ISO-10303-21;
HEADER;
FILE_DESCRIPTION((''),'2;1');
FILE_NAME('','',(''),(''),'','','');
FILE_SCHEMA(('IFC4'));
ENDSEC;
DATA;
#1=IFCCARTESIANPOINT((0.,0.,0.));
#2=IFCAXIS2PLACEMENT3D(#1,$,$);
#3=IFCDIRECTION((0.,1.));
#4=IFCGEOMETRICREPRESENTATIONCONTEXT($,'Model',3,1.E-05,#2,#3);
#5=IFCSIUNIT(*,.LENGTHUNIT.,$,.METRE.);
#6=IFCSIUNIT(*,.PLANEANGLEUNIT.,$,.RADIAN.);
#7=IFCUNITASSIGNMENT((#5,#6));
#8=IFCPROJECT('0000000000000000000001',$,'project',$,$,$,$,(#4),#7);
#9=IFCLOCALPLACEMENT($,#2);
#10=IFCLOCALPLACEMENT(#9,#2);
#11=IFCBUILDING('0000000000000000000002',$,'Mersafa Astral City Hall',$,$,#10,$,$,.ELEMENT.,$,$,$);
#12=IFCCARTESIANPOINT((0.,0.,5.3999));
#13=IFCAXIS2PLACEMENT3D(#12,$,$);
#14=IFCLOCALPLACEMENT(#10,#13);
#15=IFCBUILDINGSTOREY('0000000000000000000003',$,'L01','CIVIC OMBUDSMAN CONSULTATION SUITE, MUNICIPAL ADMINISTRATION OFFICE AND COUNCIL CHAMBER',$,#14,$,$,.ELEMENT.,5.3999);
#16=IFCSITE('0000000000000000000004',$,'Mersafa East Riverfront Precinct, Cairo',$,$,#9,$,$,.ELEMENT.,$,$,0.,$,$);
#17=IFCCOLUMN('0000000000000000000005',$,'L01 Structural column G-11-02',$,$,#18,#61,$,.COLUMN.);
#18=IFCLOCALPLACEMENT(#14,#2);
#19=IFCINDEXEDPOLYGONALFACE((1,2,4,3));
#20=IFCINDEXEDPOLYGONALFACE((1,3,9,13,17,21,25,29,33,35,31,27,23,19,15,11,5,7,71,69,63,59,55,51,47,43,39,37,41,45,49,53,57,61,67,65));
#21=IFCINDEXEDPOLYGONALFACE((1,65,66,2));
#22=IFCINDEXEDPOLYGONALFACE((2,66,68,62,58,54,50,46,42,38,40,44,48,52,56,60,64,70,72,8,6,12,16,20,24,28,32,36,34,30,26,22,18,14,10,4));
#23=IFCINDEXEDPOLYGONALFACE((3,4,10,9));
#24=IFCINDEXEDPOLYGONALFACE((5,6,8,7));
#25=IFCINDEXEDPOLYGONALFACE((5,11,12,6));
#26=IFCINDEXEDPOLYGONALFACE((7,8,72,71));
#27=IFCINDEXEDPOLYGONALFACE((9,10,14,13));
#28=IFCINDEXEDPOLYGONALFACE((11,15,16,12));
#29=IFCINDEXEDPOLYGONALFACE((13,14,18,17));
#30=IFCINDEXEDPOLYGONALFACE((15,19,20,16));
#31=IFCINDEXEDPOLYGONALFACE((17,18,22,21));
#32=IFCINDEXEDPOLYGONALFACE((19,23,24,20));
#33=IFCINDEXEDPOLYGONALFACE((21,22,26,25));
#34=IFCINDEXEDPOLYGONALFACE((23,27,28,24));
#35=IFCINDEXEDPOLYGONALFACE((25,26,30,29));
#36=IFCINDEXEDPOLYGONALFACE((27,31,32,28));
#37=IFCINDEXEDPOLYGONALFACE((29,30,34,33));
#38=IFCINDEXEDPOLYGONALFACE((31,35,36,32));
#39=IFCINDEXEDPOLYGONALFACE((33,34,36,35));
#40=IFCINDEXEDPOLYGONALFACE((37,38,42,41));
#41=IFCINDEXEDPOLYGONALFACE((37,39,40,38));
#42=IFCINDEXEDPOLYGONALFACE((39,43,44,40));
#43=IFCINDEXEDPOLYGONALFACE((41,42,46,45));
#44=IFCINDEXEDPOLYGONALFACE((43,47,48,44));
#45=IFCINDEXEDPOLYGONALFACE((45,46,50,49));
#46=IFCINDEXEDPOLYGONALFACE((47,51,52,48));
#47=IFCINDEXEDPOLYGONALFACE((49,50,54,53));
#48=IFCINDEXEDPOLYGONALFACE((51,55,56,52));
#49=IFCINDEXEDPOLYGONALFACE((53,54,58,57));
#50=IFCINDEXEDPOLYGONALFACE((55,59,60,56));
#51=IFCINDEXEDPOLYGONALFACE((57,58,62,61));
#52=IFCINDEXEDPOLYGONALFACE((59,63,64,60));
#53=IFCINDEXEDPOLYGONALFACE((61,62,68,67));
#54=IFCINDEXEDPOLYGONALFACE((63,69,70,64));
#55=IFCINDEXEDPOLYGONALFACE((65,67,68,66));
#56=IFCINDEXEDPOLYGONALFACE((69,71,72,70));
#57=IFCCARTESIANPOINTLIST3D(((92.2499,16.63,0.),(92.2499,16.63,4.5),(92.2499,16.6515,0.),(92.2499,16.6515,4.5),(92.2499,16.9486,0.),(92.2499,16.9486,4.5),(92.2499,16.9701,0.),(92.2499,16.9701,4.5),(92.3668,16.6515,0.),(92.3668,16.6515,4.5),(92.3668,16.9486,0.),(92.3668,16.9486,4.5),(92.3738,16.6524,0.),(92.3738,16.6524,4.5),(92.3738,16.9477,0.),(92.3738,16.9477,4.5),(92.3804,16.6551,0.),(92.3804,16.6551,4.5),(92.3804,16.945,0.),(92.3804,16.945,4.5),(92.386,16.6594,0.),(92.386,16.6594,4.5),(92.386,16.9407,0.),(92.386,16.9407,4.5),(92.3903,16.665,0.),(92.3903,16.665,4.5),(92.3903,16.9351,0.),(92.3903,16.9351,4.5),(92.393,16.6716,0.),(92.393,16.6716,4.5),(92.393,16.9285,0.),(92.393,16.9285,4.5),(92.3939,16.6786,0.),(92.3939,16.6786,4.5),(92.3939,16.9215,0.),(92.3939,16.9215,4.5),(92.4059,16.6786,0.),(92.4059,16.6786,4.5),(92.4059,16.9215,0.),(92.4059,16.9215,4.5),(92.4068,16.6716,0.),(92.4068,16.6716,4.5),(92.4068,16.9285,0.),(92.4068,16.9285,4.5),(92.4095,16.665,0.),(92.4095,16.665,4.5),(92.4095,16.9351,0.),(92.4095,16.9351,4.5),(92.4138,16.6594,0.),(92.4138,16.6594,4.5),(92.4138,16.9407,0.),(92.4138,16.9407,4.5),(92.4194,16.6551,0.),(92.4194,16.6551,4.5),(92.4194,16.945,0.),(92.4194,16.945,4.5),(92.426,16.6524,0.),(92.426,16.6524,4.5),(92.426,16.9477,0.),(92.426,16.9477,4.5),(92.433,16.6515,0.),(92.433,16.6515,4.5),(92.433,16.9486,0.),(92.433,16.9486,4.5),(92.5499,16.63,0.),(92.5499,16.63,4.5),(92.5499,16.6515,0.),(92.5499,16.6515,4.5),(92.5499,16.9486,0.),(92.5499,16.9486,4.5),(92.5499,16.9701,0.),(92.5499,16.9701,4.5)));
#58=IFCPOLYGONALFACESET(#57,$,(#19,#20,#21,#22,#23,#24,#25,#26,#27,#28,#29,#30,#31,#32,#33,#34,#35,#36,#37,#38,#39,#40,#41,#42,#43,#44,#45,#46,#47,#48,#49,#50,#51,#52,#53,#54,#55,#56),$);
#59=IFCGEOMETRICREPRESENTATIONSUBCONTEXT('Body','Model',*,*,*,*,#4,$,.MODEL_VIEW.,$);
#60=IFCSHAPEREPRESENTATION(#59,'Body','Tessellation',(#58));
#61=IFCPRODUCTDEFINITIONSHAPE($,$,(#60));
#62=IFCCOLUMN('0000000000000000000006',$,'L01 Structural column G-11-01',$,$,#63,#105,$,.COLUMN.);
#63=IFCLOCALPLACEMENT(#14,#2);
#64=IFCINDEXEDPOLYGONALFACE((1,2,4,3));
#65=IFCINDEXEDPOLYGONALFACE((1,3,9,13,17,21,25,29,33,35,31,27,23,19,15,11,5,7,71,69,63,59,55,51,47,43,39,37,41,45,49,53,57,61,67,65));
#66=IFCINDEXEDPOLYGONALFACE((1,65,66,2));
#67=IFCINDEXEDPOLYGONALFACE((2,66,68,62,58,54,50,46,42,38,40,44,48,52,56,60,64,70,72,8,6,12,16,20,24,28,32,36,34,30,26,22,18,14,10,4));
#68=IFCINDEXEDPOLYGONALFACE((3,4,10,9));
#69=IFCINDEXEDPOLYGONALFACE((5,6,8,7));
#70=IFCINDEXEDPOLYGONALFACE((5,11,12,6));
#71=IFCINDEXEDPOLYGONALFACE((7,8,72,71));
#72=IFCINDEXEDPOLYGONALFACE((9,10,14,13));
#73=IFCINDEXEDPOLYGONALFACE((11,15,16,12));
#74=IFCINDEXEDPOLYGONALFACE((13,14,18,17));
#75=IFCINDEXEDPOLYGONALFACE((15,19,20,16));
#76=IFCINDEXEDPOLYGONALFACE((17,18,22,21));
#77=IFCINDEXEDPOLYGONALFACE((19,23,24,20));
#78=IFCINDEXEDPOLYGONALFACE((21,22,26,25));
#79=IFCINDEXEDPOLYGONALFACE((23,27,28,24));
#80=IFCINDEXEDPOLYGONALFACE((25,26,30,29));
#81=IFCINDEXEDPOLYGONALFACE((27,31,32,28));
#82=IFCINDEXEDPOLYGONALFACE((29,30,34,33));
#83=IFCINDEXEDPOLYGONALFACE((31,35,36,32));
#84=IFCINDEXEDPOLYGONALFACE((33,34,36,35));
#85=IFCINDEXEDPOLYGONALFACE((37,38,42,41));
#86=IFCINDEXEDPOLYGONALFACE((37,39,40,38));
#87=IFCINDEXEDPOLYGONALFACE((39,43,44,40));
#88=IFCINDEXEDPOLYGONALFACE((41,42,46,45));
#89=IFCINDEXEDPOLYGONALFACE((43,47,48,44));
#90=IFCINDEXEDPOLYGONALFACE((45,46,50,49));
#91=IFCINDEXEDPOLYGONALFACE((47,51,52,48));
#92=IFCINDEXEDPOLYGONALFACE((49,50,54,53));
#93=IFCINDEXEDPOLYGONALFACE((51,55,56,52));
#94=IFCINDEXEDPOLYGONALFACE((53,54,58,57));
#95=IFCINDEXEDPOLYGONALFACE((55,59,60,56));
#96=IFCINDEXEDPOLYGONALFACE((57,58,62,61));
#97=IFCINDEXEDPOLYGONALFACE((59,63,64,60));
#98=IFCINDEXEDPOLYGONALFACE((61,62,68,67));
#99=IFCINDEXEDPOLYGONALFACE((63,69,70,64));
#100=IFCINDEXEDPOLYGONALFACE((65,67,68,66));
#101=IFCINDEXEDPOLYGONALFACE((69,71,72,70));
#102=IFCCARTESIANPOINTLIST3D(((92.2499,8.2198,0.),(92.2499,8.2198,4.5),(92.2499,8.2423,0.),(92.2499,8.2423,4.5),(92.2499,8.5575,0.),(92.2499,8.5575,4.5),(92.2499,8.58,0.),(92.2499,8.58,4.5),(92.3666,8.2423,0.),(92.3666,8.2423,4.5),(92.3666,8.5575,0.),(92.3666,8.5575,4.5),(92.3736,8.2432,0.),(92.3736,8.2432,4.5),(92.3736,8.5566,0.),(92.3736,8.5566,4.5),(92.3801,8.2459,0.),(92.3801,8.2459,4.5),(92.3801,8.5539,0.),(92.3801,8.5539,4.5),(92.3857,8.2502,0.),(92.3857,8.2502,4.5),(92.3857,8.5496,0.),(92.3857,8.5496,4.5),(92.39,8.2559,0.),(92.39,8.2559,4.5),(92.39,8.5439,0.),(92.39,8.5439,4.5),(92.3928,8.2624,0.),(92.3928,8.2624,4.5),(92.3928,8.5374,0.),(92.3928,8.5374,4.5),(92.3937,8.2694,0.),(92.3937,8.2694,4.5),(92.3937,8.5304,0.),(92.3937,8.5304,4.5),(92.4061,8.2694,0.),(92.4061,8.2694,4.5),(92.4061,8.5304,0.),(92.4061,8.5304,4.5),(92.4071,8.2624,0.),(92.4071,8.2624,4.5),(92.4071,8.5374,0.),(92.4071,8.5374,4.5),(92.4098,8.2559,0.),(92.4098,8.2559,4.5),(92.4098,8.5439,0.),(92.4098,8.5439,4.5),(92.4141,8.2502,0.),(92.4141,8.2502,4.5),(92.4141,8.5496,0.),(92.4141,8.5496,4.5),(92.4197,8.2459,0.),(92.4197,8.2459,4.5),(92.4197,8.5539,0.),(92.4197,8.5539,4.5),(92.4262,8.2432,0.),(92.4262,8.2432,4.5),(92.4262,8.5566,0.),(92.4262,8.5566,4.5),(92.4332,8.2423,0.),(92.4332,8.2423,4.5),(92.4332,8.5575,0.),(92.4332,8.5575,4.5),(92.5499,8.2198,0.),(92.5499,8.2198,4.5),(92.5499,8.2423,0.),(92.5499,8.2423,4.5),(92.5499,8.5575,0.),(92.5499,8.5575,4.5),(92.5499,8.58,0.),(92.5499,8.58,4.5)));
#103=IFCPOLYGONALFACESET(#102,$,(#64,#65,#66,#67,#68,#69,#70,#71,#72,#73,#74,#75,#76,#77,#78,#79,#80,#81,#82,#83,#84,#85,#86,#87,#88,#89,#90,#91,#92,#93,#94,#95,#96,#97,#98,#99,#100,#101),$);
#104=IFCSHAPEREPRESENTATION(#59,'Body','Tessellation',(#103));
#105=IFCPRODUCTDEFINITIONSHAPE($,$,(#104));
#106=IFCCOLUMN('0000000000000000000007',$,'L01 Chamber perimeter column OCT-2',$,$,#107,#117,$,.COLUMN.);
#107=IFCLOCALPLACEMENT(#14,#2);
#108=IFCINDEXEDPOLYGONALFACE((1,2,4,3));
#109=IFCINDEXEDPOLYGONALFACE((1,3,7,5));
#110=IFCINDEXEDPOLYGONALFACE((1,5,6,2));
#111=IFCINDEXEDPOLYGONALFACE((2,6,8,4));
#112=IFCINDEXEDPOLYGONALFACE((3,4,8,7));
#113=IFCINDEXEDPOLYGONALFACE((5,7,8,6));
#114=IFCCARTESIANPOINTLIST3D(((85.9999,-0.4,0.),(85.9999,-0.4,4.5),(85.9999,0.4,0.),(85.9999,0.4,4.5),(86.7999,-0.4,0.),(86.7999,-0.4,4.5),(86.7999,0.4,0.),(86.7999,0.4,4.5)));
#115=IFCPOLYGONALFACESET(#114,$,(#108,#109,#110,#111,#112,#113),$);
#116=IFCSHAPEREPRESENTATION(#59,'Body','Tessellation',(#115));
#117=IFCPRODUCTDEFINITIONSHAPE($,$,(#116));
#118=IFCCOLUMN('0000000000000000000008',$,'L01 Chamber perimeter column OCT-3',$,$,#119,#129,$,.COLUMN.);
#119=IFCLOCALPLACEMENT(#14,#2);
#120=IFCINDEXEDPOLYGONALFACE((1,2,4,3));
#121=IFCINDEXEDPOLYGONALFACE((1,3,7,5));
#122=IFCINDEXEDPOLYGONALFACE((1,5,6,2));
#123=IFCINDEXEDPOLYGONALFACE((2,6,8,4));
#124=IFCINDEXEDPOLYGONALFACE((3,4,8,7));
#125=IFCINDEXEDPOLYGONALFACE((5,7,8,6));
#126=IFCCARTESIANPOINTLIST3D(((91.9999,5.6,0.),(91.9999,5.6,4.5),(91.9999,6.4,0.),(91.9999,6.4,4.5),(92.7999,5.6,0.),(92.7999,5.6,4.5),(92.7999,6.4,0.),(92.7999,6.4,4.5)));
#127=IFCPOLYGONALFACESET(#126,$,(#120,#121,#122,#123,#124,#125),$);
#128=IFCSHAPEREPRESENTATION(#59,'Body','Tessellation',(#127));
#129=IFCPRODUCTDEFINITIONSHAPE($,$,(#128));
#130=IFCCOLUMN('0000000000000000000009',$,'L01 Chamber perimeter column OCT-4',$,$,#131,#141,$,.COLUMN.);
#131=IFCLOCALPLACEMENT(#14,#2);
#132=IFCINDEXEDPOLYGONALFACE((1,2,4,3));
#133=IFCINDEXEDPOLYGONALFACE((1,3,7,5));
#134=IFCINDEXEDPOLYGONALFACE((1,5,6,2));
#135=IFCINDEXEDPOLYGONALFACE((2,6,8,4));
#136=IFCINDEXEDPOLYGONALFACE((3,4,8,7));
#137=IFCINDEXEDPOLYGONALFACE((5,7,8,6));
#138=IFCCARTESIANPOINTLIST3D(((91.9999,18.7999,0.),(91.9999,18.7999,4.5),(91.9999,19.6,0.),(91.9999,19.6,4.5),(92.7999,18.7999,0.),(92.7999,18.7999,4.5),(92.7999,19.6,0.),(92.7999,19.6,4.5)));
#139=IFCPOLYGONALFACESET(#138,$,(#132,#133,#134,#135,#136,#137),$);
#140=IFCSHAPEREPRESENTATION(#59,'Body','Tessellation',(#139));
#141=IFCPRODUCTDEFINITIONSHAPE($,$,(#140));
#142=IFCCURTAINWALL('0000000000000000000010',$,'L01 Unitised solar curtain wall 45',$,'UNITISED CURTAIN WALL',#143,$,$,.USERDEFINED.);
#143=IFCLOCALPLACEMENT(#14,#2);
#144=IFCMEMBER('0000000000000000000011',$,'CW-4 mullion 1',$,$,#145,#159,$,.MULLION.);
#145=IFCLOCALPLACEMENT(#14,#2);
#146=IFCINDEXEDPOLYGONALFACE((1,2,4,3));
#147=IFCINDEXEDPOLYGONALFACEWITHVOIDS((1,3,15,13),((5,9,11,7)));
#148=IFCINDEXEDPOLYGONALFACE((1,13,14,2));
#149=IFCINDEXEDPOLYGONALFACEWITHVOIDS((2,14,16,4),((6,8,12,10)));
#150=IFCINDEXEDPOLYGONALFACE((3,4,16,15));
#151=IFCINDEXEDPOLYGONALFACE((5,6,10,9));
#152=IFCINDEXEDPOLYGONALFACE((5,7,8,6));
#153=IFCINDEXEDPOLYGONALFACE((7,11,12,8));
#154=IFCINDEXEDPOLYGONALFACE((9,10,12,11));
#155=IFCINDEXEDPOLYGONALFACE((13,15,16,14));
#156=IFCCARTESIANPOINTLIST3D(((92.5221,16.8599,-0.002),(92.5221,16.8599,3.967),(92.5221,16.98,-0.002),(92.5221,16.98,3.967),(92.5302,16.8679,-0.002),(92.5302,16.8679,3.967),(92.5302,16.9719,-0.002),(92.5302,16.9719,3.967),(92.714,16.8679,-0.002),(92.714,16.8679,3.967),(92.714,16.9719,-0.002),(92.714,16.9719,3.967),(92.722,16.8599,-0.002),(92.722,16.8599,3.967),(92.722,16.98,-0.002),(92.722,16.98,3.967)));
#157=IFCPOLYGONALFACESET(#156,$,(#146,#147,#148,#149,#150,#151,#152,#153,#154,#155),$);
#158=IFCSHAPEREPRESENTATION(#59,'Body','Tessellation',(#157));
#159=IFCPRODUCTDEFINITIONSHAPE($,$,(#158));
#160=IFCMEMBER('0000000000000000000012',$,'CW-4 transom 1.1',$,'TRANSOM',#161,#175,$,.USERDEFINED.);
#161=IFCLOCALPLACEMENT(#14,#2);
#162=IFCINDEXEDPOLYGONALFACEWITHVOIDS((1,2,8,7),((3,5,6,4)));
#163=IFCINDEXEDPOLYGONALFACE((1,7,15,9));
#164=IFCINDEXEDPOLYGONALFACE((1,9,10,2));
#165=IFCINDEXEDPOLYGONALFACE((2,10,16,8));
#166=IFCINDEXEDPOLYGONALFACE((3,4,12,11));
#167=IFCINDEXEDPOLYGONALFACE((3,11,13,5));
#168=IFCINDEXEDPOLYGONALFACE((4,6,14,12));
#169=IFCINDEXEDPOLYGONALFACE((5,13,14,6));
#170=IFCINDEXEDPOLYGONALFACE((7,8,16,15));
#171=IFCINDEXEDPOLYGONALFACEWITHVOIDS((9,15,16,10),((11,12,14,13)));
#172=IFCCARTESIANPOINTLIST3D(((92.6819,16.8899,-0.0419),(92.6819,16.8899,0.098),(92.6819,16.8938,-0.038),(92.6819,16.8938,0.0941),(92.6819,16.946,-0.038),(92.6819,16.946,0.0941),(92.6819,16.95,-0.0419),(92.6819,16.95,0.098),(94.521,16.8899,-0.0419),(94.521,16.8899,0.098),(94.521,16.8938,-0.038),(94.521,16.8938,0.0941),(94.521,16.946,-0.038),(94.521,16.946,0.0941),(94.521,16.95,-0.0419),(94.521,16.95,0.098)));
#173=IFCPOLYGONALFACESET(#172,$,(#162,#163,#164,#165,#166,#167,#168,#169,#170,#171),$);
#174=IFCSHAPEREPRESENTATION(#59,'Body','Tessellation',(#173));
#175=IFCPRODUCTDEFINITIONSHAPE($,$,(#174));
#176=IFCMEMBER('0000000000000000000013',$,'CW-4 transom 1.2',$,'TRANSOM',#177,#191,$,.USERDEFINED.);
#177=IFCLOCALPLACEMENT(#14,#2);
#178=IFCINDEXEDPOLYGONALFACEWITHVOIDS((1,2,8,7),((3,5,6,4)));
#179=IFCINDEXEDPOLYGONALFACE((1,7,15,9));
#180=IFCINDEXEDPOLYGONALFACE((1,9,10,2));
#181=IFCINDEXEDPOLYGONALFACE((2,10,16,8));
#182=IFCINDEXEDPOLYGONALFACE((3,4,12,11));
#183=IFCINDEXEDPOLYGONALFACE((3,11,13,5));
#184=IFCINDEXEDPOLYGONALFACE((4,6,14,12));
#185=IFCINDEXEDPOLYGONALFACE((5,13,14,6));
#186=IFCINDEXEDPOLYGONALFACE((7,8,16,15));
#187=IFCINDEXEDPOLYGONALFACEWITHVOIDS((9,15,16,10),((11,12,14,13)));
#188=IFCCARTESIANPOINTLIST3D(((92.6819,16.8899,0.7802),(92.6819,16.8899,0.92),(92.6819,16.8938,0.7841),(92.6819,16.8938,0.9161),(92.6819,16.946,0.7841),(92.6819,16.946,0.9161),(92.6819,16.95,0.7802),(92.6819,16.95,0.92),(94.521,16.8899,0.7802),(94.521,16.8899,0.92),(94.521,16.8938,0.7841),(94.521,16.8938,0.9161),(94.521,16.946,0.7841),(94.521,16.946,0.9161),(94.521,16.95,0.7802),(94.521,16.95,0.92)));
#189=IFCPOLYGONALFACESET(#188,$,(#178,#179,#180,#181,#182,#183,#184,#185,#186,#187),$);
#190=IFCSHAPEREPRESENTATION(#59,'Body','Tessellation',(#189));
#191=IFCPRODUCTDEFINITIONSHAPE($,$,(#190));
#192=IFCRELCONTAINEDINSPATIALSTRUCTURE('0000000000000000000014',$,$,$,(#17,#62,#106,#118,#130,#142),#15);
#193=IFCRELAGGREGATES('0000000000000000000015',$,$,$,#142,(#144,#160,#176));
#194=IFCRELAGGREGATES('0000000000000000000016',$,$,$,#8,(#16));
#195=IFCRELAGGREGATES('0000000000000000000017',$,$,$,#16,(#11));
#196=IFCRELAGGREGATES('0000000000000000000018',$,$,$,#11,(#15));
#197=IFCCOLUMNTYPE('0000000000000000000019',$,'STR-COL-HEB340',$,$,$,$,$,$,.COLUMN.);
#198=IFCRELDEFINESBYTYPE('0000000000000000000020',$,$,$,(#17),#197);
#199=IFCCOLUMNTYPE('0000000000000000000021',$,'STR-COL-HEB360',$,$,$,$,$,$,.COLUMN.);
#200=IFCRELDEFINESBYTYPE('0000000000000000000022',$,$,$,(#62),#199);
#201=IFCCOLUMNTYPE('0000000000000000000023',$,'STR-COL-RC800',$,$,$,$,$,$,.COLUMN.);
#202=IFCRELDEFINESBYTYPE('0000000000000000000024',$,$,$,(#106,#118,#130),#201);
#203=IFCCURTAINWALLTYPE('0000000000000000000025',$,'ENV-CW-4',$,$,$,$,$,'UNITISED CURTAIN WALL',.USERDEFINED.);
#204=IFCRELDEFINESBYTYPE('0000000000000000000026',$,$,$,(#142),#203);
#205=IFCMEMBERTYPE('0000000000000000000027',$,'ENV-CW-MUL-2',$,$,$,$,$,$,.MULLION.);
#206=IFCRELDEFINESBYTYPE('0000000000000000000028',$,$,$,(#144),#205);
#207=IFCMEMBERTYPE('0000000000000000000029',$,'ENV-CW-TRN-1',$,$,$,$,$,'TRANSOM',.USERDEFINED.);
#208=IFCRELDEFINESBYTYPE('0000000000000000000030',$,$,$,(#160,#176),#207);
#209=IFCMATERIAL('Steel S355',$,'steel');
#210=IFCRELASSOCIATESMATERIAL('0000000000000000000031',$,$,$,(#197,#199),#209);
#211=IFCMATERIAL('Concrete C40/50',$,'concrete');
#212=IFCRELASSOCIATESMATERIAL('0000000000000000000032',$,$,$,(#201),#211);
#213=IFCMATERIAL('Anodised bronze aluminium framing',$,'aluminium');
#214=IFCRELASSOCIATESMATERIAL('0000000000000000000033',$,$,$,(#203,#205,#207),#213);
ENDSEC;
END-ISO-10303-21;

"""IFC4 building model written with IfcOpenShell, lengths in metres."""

from ifc_helpers import new_model, si_unit, direction, frame, origin, origin_2d, place, context, subcontext, project, spatial, rectangle, hollow_rectangle, i_section, extrude, material, material_profile, profile_set, type_object, element, aggregate, save


model = new_model("IFC4")

# Units and contexts
model_context = context("Model", 3, precision=1e-05, world=origin(), true_north=direction((0.0, 1.0)))
body_context = subcontext(model_context, "Body", "Model", "MODEL_VIEW")
ifc_project = project(units=[si_unit("LENGTHUNIT", "METRE"), si_unit("PLANEANGLEUNIT", "RADIAN")], contexts=[model_context])

# Site, building, storey
site_placement = place(None, origin())
site = spatial("IfcSite", under=ifc_project, at=site_placement, Name="Mersafa East Riverfront Precinct, Cairo", CompositionType="ELEMENT", RefElevation=0.0)
building_placement = place(site_placement, origin())
building = spatial("IfcBuilding", under=site, at=building_placement, Name="Mersafa Astral City Hall", CompositionType="ELEMENT")
storey_placement = place(building_placement, frame((0.0, 0.0, 5.3999)))
storey = spatial("IfcBuildingStorey", under=building, at=storey_placement, Name="L01", Description="CIVIC OMBUDSMAN CONSULTATION SUITE, MUNICIPAL ADMINISTRATION OFFICE AND COUNCIL CHAMBER", CompositionType="ELEMENT", Elevation=5.3999)

# Columns
ifc_material_1 = material(Name="Steel S355", Category="steel")
ifc_material_profile_1 = material_profile(ifc_material_1, i_section(OverallWidth=0.3, OverallDepth=0.3401, WebThickness=0.012, FlangeThickness=0.0215, FilletRadius=0.0271, at=origin_2d()), Name="HEB 340")
ifc_profile_set_1 = profile_set([ifc_material_profile_1], Name="Steel S355")
column_type_1 = type_object("IfcColumnType", Name="STR-COL-HEB340", PredefinedType="COLUMN", material=ifc_profile_set_1)
column_1_placement = place(storey_placement, frame((92.3999, 16.8, 0.0), z_axis=(0.0, 0.0, 1.0), x_axis=(1.0, 0.0, 0.0)))
element("IfcColumn", 1, at=column_1_placement, inside=storey, type_object=column_type_1, Name="L01 Structural column G-11-02", PredefinedType="COLUMN", context=body_context, shape_type="SweptSolid", body=[
    extrude(i_section(OverallWidth=0.3, OverallDepth=0.3401, WebThickness=0.012, FlangeThickness=0.0215, FilletRadius=0.0271, at=origin_2d()), origin(), (0.0, 0.0, 1.0), 4.5),
])
ifc_material_profile_2 = material_profile(ifc_material_1, i_section(OverallWidth=0.3, OverallDepth=0.3601, WebThickness=0.0125, FlangeThickness=0.0225, FilletRadius=0.0271, at=origin_2d()), Name="HEB 360")
ifc_profile_set_2 = profile_set([ifc_material_profile_2], Name="Steel S355")
column_type_2 = type_object("IfcColumnType", Name="STR-COL-HEB360", PredefinedType="COLUMN", material=ifc_profile_set_2)
column_2_placement = place(storey_placement, frame((92.3999, 8.3999, 0.0), z_axis=(0.0, 0.0, 1.0), x_axis=(1.0, 0.0, 0.0)))
element("IfcColumn", 2, at=column_2_placement, inside=storey, type_object=column_type_2, Name="L01 Structural column G-11-01", PredefinedType="COLUMN", context=body_context, shape_type="SweptSolid", body=[
    extrude(i_section(OverallWidth=0.3, OverallDepth=0.3601, WebThickness=0.0125, FlangeThickness=0.0225, FilletRadius=0.0271, at=origin_2d()), origin(), (0.0, 0.0, 1.0), 4.5),
])
ifc_material_2 = material(Name="Concrete C40/50", Category="concrete")
ifc_material_profile_3 = material_profile(ifc_material_2, rectangle(XDim=0.8, YDim=0.8, at=origin_2d()), Name="RC 800x800")
ifc_profile_set_3 = profile_set([ifc_material_profile_3], Name="Concrete C40/50")
column_type_3 = type_object("IfcColumnType", Name="STR-COL-RC800", PredefinedType="COLUMN", material=ifc_profile_set_3)
for number, where, z_axis, x_axis, name in (
    (3, (86.3999, 0.0, 0.0), (0.0, 0.0, 1.0), (1.0, 0.0, 0.0), "L01 Chamber perimeter column OCT-2"),
    (4, (92.3999, 6.0, 0.0), (0.0, 0.0, 1.0), (1.0, 0.0, 0.0), "L01 Chamber perimeter column OCT-3"),
    (5, (92.3999, 19.2, 0.0), (0.0, 0.0, 1.0), (1.0, 0.0, 0.0), "L01 Chamber perimeter column OCT-4"),
):
    element("IfcColumn", number, at=place(storey_placement, frame(where, z_axis=z_axis, x_axis=x_axis)), inside=storey, type_object=column_type_3, Name=name, PredefinedType="COLUMN", context=body_context, shape_type="SweptSolid", body=[
        extrude(rectangle(XDim=0.8, YDim=0.8, at=origin_2d()), origin(), (0.0, 0.0, 1.0), 4.5),
    ])

# Curtain wall, members
ifc_material_3 = material(Name="Anodised bronze aluminium framing", Category="aluminium")
curtain_wall_type = type_object("IfcCurtainWallType", Name="ENV-CW-4", ElementType="UNITISED CURTAIN WALL", PredefinedType="USERDEFINED", material=ifc_material_3)
curtain_wall_placement = place(storey_placement, origin())
curtain_wall = element("IfcCurtainWall", 6, at=curtain_wall_placement, inside=storey, type_object=curtain_wall_type, Name="L01 Unitised solar curtain wall 45", ObjectType="UNITISED CURTAIN WALL", PredefinedType="USERDEFINED")
ifc_material_profile_4 = material_profile(ifc_material_3, hollow_rectangle(XDim=0.1201, YDim=0.2, WallThickness=0.0081, at=origin_2d()), Name="RHS 120x200x8")
ifc_profile_set_4 = profile_set([ifc_material_profile_4], Name="Anodised bronze aluminium framing")
member_type_1 = type_object("IfcMemberType", Name="ENV-CW-MUL-2", PredefinedType="MULLION", material=ifc_profile_set_4)
member_1_placement = place(storey_placement, frame((92.6221, 16.9199, -0.002), z_axis=(0.0, 0.0, 1.0), x_axis=(0.0, 1.0, 0.0)))
member_1 = element("IfcMember", 7, at=member_1_placement, type_object=member_type_1, Name="CW-4 mullion 1", PredefinedType="MULLION", context=body_context, shape_type="SweptSolid", body=[
    extrude(hollow_rectangle(XDim=0.1201, YDim=0.2, WallThickness=0.0081, at=origin_2d()), origin(), (0.0, 0.0, 1.0), 3.969),
])
ifc_material_profile_5 = material_profile(ifc_material_3, hollow_rectangle(XDim=0.0601, YDim=0.1399, WallThickness=0.0039, at=origin_2d()), Name="RHS 60x140x4")
ifc_profile_set_5 = profile_set([ifc_material_profile_5], Name="Anodised bronze aluminium framing")
member_type_2 = type_object("IfcMemberType", Name="ENV-CW-TRN-1", ElementType="TRANSOM", PredefinedType="USERDEFINED", material=ifc_profile_set_5)
member_2_placement = place(storey_placement, frame((92.6819, 16.9199, 0.0281), z_axis=(1.0, 0.0, 0.0), x_axis=(0.0, 1.0, 0.0)))
member_2 = element("IfcMember", 8, at=member_2_placement, type_object=member_type_2, Name="CW-4 transom 1.1", ObjectType="TRANSOM", PredefinedType="USERDEFINED", context=body_context, shape_type="SweptSolid", body=[
    extrude(hollow_rectangle(XDim=0.0601, YDim=0.1399, WallThickness=0.0039, at=origin_2d()), origin(), (0.0, 0.0, 1.0), 1.8391),
])
member_3_placement = place(storey_placement, frame((92.6819, 16.9199, 0.8501), z_axis=(1.0, 0.0, 0.0), x_axis=(0.0, 1.0, 0.0)))
member_3 = element("IfcMember", 9, at=member_3_placement, type_object=member_type_2, Name="CW-4 transom 1.2", ObjectType="TRANSOM", PredefinedType="USERDEFINED", context=body_context, shape_type="SweptSolid", body=[
    extrude(hollow_rectangle(XDim=0.0601, YDim=0.1399, WallThickness=0.0039, at=origin_2d()), origin(), (0.0, 0.0, 1.0), 1.8391),
])
aggregate(curtain_wall, [member_1, member_2, member_3])

save(model, "model.ifc")
